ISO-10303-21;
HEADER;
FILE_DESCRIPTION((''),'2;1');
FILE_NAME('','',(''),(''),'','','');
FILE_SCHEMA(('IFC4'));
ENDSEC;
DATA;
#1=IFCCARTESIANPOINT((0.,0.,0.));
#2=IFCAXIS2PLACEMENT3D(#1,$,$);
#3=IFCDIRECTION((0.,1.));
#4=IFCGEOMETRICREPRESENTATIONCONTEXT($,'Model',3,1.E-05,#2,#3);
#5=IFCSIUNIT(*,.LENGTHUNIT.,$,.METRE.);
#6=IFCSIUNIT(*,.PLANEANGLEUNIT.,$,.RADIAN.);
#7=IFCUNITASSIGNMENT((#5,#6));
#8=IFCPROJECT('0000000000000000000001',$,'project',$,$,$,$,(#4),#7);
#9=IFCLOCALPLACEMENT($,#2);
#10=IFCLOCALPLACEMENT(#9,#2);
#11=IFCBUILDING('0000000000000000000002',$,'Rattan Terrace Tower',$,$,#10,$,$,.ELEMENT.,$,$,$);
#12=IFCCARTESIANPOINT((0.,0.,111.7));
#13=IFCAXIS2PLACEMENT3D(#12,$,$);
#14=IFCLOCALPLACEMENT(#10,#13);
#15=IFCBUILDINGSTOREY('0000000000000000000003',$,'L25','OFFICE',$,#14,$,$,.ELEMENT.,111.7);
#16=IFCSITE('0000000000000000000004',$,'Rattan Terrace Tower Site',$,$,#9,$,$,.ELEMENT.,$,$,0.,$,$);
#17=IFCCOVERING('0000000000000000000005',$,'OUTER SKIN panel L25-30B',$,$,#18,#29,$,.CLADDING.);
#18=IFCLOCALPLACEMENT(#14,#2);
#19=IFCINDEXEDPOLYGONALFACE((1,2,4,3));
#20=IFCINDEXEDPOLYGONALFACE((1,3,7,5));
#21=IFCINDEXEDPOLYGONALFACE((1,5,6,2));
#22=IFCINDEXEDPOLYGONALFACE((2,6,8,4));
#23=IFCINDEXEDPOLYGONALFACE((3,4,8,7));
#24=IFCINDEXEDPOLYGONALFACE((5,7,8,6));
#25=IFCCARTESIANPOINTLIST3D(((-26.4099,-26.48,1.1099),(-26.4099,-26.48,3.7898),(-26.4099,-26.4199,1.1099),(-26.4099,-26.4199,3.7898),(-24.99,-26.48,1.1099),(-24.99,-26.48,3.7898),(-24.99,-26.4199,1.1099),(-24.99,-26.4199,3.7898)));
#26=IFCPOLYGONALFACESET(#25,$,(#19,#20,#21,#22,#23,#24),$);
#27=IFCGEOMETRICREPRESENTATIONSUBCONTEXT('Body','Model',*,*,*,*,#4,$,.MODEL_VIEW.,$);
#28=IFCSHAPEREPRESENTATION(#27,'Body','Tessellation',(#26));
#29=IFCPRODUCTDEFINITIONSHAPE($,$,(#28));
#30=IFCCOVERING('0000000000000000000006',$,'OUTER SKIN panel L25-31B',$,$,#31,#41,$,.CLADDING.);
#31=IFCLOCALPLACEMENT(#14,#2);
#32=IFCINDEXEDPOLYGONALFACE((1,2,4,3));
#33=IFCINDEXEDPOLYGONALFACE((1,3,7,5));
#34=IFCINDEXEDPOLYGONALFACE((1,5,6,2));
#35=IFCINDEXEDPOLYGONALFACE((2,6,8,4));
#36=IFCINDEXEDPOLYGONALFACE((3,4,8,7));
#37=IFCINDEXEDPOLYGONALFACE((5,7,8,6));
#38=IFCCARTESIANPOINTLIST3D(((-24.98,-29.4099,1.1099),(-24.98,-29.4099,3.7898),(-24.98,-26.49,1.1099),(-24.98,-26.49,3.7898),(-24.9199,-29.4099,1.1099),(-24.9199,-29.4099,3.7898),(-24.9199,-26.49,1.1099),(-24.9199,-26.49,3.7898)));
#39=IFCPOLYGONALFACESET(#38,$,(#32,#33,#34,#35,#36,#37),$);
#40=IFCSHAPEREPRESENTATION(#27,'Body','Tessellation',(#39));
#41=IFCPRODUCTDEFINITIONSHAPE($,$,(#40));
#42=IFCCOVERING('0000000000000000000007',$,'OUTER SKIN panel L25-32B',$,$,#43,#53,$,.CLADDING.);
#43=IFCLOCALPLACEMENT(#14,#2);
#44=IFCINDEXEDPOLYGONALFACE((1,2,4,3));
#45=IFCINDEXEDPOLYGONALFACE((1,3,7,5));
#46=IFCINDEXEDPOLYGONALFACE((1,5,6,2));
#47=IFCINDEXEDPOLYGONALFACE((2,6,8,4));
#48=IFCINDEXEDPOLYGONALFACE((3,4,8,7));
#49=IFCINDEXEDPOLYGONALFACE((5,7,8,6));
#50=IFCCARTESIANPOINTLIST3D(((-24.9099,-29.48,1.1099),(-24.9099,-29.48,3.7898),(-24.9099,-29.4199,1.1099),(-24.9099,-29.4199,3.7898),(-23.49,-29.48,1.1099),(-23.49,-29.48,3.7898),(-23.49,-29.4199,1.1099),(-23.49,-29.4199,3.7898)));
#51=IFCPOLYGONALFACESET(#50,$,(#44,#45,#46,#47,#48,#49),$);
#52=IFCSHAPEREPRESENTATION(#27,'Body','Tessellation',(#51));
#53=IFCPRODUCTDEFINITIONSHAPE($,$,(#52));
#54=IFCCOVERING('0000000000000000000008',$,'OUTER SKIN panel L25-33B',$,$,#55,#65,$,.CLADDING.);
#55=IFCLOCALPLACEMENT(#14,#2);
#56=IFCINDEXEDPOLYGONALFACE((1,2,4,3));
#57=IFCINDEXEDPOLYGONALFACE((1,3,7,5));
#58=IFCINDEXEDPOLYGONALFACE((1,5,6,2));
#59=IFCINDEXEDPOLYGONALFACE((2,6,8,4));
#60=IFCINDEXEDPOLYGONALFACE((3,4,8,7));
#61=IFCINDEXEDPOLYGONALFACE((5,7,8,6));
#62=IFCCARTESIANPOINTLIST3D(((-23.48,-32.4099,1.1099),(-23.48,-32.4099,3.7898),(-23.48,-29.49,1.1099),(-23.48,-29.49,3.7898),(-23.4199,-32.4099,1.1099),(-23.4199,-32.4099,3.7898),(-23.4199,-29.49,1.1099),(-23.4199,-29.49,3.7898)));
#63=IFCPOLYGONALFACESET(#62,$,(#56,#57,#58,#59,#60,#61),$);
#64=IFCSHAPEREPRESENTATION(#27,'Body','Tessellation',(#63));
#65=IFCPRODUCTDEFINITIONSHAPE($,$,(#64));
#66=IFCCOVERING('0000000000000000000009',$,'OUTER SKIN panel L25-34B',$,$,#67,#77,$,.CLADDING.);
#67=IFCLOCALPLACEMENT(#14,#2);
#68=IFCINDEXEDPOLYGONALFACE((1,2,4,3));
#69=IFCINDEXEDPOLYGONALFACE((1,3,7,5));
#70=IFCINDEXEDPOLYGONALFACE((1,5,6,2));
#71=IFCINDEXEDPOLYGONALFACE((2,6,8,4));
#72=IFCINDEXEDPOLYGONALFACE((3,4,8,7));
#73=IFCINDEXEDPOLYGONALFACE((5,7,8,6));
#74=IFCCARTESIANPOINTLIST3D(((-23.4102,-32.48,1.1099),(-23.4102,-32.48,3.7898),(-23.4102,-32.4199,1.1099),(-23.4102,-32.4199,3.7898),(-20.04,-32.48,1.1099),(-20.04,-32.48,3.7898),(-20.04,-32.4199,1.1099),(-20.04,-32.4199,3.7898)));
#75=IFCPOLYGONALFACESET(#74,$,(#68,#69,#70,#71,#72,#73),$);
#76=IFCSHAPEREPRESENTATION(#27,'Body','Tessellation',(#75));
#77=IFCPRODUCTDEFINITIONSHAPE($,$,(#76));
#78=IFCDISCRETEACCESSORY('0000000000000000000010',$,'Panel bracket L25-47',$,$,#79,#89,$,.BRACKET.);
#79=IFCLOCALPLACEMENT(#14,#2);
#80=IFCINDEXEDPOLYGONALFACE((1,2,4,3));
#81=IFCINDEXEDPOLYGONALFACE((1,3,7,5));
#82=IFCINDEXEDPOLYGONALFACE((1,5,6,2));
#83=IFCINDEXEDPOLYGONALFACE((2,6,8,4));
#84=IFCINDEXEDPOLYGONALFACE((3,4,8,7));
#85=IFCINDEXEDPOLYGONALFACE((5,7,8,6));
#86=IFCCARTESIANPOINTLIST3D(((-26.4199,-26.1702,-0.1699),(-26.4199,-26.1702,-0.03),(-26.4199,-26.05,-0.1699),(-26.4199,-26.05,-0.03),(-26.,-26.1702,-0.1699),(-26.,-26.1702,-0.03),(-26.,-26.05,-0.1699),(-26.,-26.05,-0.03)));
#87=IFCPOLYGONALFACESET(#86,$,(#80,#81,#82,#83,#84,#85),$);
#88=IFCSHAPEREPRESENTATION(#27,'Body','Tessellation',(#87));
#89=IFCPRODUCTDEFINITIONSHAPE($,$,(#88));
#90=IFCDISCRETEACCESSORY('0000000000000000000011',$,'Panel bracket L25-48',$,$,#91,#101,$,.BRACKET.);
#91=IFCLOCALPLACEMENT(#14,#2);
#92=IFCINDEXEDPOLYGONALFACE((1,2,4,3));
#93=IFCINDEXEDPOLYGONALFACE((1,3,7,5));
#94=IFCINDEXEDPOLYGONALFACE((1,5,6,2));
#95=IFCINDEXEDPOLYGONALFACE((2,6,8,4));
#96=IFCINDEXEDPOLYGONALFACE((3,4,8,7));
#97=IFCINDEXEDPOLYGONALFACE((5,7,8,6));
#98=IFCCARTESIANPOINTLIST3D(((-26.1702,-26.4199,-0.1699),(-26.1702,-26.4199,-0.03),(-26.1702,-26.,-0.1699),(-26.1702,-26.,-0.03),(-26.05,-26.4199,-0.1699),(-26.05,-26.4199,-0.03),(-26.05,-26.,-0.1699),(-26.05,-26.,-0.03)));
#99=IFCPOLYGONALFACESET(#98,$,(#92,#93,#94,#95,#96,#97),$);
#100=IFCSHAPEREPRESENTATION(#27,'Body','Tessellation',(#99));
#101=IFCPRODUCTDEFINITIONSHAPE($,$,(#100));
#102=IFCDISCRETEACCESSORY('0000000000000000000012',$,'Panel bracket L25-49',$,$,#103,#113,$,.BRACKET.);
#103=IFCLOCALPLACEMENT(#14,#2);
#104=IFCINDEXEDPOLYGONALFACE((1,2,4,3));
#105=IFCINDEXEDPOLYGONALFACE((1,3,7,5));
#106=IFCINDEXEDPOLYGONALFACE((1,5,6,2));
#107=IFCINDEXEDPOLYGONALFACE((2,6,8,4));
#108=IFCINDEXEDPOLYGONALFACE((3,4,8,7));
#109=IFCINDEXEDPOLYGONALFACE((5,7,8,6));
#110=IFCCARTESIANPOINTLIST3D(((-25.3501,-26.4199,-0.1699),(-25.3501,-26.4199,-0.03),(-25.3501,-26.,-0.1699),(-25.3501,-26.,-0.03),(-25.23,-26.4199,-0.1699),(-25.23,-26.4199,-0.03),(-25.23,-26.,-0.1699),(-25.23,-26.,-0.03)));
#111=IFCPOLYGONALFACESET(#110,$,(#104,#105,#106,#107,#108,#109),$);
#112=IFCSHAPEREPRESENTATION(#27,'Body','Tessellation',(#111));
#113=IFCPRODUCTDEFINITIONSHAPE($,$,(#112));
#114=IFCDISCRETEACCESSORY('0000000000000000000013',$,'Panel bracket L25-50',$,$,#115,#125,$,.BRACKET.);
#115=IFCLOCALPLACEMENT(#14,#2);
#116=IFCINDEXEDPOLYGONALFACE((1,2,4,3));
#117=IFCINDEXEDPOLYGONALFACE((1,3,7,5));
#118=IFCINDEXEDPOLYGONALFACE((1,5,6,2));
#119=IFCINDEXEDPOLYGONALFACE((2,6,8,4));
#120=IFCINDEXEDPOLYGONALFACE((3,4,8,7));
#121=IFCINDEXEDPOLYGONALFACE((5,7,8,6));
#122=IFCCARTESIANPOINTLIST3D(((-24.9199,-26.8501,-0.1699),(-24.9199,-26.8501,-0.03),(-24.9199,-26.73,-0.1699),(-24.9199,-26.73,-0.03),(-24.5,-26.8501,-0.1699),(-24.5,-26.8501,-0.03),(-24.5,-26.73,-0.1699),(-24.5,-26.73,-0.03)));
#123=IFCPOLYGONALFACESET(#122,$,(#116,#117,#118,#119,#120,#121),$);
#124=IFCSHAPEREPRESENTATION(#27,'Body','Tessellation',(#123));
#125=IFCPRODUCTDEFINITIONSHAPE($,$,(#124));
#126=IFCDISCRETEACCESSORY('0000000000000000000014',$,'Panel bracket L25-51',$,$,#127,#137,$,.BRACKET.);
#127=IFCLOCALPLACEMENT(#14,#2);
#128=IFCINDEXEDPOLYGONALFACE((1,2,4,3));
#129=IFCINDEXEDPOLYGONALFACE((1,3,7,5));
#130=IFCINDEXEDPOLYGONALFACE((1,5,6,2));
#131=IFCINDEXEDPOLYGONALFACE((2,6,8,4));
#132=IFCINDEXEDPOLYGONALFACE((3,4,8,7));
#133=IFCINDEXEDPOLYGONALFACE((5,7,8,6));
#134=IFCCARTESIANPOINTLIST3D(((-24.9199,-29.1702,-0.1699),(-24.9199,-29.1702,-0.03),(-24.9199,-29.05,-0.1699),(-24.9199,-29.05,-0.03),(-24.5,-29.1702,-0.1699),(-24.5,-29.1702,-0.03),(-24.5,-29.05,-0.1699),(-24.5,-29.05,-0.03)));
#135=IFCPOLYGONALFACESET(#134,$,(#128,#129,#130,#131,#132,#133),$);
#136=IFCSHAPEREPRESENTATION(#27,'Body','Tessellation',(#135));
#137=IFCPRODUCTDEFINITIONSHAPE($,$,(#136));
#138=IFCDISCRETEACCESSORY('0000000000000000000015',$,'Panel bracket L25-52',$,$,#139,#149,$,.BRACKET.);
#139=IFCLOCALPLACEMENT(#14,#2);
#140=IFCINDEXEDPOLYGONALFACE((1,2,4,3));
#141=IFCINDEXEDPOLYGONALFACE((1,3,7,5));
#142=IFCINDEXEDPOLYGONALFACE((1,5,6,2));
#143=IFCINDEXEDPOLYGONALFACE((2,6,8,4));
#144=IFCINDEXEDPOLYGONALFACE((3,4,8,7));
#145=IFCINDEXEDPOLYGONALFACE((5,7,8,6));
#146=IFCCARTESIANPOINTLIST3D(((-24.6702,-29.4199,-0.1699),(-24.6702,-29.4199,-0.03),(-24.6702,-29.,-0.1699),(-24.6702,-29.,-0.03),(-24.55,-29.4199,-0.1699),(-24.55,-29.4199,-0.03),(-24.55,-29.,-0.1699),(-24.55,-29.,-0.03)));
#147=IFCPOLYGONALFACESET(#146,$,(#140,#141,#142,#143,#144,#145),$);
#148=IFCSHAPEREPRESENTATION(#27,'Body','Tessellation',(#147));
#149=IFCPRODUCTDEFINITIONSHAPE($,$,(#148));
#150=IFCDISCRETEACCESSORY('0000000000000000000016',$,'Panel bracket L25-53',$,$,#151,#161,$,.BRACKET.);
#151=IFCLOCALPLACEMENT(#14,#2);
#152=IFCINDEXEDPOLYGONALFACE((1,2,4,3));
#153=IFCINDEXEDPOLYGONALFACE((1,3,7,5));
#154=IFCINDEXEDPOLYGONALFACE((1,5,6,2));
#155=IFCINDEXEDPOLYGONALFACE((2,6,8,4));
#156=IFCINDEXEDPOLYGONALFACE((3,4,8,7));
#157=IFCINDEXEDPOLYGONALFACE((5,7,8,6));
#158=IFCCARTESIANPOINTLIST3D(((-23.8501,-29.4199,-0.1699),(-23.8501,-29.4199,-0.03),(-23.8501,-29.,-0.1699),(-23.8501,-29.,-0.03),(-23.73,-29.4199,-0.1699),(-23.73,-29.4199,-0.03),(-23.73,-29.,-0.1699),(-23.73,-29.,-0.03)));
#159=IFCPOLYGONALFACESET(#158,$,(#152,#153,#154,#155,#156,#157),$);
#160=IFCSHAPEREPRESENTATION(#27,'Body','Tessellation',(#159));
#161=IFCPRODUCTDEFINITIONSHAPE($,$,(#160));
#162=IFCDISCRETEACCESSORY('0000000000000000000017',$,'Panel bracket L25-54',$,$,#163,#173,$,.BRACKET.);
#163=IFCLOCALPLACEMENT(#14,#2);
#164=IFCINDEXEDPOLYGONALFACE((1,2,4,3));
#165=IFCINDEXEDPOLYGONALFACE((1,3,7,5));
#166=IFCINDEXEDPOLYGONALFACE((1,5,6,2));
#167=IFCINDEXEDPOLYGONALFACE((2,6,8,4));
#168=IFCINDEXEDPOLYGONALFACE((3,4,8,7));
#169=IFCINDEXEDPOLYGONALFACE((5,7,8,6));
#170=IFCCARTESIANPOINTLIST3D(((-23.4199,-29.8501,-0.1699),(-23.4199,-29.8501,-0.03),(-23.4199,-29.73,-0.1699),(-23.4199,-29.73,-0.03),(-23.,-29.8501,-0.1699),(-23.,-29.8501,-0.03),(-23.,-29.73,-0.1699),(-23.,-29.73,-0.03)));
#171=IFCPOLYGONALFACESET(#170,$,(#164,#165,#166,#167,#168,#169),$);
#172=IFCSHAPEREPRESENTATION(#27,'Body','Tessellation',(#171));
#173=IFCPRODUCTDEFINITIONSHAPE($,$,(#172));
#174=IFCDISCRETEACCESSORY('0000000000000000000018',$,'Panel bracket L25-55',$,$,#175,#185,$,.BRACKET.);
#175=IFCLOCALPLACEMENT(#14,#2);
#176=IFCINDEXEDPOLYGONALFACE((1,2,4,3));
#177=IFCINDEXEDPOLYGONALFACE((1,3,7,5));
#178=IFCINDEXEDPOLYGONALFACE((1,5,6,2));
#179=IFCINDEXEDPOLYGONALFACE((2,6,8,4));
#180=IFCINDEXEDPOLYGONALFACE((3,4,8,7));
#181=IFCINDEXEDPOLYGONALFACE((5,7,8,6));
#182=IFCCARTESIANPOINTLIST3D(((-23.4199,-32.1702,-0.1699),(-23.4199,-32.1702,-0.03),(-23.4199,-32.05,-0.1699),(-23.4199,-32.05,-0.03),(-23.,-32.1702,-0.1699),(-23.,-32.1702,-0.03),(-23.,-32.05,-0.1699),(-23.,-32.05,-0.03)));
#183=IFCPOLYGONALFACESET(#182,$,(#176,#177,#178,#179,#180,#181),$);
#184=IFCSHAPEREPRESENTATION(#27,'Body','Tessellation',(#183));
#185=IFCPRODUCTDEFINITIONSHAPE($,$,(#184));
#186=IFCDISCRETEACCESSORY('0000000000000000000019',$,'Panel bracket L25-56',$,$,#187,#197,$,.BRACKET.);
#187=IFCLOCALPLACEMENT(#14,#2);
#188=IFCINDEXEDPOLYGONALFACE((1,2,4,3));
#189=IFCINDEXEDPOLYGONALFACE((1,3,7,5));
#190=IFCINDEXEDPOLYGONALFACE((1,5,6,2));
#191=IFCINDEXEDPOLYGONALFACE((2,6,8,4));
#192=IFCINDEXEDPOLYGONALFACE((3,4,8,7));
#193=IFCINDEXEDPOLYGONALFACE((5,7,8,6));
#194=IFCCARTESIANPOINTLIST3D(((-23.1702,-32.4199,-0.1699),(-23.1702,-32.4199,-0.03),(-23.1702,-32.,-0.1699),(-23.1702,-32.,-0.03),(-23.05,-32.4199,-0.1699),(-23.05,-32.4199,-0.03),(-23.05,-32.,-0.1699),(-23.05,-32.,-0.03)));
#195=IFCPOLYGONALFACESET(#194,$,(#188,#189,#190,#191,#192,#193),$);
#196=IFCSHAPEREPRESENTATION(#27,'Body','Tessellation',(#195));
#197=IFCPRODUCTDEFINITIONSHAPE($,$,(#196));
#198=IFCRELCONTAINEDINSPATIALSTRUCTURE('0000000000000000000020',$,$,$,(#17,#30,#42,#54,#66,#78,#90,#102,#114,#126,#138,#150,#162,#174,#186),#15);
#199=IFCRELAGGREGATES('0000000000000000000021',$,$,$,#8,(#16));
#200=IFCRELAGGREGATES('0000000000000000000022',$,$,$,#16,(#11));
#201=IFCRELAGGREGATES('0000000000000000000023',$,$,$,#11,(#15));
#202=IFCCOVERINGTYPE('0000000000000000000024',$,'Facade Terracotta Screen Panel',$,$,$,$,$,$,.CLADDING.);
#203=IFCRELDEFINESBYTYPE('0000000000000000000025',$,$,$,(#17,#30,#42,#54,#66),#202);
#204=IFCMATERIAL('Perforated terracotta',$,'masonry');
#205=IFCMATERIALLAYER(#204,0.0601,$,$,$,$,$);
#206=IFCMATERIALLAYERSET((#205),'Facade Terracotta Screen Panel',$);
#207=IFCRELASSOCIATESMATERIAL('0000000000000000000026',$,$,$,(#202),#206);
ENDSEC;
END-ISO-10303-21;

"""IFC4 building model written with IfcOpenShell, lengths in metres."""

from ifc_helpers import new_model, si_unit, direction, frame, origin, origin_2d, place, context, subcontext, project, spatial, rectangle, extrude, material, layer, layer_set, type_object, element, save


model = new_model("IFC4")

# Units and contexts
model_context = context("Model", 3, precision=1e-05, world=origin(), true_north=direction((0.0, 1.0)))
body_context = subcontext(model_context, "Body", "Model", "MODEL_VIEW")
ifc_project = project(units=[si_unit("LENGTHUNIT", "METRE"), si_unit("PLANEANGLEUNIT", "RADIAN")], contexts=[model_context])

# Site, building, storey
site_placement = place(None, origin())
site = spatial("IfcSite", under=ifc_project, at=site_placement, Name="Rattan Terrace Tower Site", CompositionType="ELEMENT", RefElevation=0.0)
building_placement = place(site_placement, origin())
building = spatial("IfcBuilding", under=site, at=building_placement, Name="Rattan Terrace Tower", CompositionType="ELEMENT")
storey_placement = place(building_placement, frame((0.0, 0.0, 111.7)))
storey = spatial("IfcBuildingStorey", under=building, at=storey_placement, Name="L25", Description="OFFICE", CompositionType="ELEMENT", Elevation=111.7)

# Coverings
ifc_material_1 = material(Name="Perforated terracotta", Category="masonry")
ifc_layer_1 = layer(ifc_material_1, 0.0601)
ifc_layer_set_1 = layer_set([ifc_layer_1], Name="Facade Terracotta Screen Panel")
covering_type_1 = type_object("IfcCoveringType", Name="Facade Terracotta Screen Panel", PredefinedType="CLADDING", material=ifc_layer_set_1)
covering_1_placement = place(storey_placement, frame((-25.7, -26.45, 1.1099), z_axis=(0.0, 0.0, 1.0), x_axis=(1.0, 0.0, 0.0)))
element("IfcCovering", 1, at=covering_1_placement, inside=storey, type_object=covering_type_1, Name="OUTER SKIN panel L25-30B", PredefinedType="CLADDING", context=body_context, shape_type="SweptSolid", body=[
    extrude(rectangle(XDim=1.4199, YDim=0.0601, at=origin_2d()), origin(), (0.0, 0.0, 1.0), 2.6799),
])
covering_2_placement = place(storey_placement, frame((-24.95, -27.95, 1.1099), z_axis=(0.0, 0.0, 1.0), x_axis=(0.0, -1.0, 0.0)))
element("IfcCovering", 2, at=covering_2_placement, inside=storey, type_object=covering_type_1, Name="OUTER SKIN panel L25-31B", PredefinedType="CLADDING", context=body_context, shape_type="SweptSolid", body=[
    extrude(rectangle(XDim=2.9199, YDim=0.0601, at=origin_2d()), origin(), (0.0, 0.0, 1.0), 2.6799),
])
covering_3_placement = place(storey_placement, frame((-24.2, -29.45, 1.1099), z_axis=(0.0, 0.0, 1.0), x_axis=(1.0, 0.0, 0.0)))
element("IfcCovering", 3, at=covering_3_placement, inside=storey, type_object=covering_type_1, Name="OUTER SKIN panel L25-32B", PredefinedType="CLADDING", context=body_context, shape_type="SweptSolid", body=[
    extrude(rectangle(XDim=1.4199, YDim=0.0601, at=origin_2d()), origin(), (0.0, 0.0, 1.0), 2.6799),
])
covering_4_placement = place(storey_placement, frame((-23.45, -30.95, 1.1099), z_axis=(0.0, 0.0, 1.0), x_axis=(0.0, -1.0, 0.0)))
element("IfcCovering", 4, at=covering_4_placement, inside=storey, type_object=covering_type_1, Name="OUTER SKIN panel L25-33B", PredefinedType="CLADDING", context=body_context, shape_type="SweptSolid", body=[
    extrude(rectangle(XDim=2.9199, YDim=0.0601, at=origin_2d()), origin(), (0.0, 0.0, 1.0), 2.6799),
])
covering_5_placement = place(storey_placement, frame((-21.7251, -32.45, 1.1099), z_axis=(0.0, 0.0, 1.0), x_axis=(1.0, 0.0, 0.0)))
element("IfcCovering", 5, at=covering_5_placement, inside=storey, type_object=covering_type_1, Name="OUTER SKIN panel L25-34B", PredefinedType="CLADDING", context=body_context, shape_type="SweptSolid", body=[
    extrude(rectangle(XDim=3.3701, YDim=0.0601, at=origin_2d()), origin(), (0.0, 0.0, 1.0), 2.6799),
])

# Discrete accessories
for number, where, z_axis, x_axis, name in (
    (6, (-26.21, -26.1101, -0.1699), (0.0, 0.0, 1.0), (0.0, -1.0, 0.0), "Panel bracket L25-47"),
    (7, (-26.1101, -26.21, -0.1699), (0.0, 0.0, 1.0), (1.0, 0.0, 0.0), "Panel bracket L25-48"),
    (8, (-25.29, -26.21, -0.1699), (0.0, 0.0, 1.0), (1.0, 0.0, 0.0), "Panel bracket L25-49"),
    (9, (-24.71, -26.79, -0.1699), (0.0, 0.0, 1.0), (0.0, -1.0, 0.0), "Panel bracket L25-50"),
    (10, (-24.71, -29.1101, -0.1699), (0.0, 0.0, 1.0), (0.0, -1.0, 0.0), "Panel bracket L25-51"),
    (11, (-24.6101, -29.21, -0.1699), (0.0, 0.0, 1.0), (1.0, 0.0, 0.0), "Panel bracket L25-52"),
    (12, (-23.79, -29.21, -0.1699), (0.0, 0.0, 1.0), (1.0, 0.0, 0.0), "Panel bracket L25-53"),
    (13, (-23.21, -29.79, -0.1699), (0.0, 0.0, 1.0), (0.0, -1.0, 0.0), "Panel bracket L25-54"),
    (14, (-23.21, -32.1101, -0.1699), (0.0, 0.0, 1.0), (0.0, -1.0, 0.0), "Panel bracket L25-55"),
    (15, (-23.1101, -32.21, -0.1699), (0.0, 0.0, 1.0), (1.0, 0.0, 0.0), "Panel bracket L25-56"),
):
    element("IfcDiscreteAccessory", number, at=place(storey_placement, frame(where, z_axis=z_axis, x_axis=x_axis)), inside=storey, Name=name, PredefinedType="BRACKET", context=body_context, shape_type="SweptSolid", body=[
        extrude(rectangle(XDim=0.1201, YDim=0.4199, at=origin_2d()), origin(), (0.0, 0.0, 1.0), 0.1399),
    ])

save(model, "model.ifc")
